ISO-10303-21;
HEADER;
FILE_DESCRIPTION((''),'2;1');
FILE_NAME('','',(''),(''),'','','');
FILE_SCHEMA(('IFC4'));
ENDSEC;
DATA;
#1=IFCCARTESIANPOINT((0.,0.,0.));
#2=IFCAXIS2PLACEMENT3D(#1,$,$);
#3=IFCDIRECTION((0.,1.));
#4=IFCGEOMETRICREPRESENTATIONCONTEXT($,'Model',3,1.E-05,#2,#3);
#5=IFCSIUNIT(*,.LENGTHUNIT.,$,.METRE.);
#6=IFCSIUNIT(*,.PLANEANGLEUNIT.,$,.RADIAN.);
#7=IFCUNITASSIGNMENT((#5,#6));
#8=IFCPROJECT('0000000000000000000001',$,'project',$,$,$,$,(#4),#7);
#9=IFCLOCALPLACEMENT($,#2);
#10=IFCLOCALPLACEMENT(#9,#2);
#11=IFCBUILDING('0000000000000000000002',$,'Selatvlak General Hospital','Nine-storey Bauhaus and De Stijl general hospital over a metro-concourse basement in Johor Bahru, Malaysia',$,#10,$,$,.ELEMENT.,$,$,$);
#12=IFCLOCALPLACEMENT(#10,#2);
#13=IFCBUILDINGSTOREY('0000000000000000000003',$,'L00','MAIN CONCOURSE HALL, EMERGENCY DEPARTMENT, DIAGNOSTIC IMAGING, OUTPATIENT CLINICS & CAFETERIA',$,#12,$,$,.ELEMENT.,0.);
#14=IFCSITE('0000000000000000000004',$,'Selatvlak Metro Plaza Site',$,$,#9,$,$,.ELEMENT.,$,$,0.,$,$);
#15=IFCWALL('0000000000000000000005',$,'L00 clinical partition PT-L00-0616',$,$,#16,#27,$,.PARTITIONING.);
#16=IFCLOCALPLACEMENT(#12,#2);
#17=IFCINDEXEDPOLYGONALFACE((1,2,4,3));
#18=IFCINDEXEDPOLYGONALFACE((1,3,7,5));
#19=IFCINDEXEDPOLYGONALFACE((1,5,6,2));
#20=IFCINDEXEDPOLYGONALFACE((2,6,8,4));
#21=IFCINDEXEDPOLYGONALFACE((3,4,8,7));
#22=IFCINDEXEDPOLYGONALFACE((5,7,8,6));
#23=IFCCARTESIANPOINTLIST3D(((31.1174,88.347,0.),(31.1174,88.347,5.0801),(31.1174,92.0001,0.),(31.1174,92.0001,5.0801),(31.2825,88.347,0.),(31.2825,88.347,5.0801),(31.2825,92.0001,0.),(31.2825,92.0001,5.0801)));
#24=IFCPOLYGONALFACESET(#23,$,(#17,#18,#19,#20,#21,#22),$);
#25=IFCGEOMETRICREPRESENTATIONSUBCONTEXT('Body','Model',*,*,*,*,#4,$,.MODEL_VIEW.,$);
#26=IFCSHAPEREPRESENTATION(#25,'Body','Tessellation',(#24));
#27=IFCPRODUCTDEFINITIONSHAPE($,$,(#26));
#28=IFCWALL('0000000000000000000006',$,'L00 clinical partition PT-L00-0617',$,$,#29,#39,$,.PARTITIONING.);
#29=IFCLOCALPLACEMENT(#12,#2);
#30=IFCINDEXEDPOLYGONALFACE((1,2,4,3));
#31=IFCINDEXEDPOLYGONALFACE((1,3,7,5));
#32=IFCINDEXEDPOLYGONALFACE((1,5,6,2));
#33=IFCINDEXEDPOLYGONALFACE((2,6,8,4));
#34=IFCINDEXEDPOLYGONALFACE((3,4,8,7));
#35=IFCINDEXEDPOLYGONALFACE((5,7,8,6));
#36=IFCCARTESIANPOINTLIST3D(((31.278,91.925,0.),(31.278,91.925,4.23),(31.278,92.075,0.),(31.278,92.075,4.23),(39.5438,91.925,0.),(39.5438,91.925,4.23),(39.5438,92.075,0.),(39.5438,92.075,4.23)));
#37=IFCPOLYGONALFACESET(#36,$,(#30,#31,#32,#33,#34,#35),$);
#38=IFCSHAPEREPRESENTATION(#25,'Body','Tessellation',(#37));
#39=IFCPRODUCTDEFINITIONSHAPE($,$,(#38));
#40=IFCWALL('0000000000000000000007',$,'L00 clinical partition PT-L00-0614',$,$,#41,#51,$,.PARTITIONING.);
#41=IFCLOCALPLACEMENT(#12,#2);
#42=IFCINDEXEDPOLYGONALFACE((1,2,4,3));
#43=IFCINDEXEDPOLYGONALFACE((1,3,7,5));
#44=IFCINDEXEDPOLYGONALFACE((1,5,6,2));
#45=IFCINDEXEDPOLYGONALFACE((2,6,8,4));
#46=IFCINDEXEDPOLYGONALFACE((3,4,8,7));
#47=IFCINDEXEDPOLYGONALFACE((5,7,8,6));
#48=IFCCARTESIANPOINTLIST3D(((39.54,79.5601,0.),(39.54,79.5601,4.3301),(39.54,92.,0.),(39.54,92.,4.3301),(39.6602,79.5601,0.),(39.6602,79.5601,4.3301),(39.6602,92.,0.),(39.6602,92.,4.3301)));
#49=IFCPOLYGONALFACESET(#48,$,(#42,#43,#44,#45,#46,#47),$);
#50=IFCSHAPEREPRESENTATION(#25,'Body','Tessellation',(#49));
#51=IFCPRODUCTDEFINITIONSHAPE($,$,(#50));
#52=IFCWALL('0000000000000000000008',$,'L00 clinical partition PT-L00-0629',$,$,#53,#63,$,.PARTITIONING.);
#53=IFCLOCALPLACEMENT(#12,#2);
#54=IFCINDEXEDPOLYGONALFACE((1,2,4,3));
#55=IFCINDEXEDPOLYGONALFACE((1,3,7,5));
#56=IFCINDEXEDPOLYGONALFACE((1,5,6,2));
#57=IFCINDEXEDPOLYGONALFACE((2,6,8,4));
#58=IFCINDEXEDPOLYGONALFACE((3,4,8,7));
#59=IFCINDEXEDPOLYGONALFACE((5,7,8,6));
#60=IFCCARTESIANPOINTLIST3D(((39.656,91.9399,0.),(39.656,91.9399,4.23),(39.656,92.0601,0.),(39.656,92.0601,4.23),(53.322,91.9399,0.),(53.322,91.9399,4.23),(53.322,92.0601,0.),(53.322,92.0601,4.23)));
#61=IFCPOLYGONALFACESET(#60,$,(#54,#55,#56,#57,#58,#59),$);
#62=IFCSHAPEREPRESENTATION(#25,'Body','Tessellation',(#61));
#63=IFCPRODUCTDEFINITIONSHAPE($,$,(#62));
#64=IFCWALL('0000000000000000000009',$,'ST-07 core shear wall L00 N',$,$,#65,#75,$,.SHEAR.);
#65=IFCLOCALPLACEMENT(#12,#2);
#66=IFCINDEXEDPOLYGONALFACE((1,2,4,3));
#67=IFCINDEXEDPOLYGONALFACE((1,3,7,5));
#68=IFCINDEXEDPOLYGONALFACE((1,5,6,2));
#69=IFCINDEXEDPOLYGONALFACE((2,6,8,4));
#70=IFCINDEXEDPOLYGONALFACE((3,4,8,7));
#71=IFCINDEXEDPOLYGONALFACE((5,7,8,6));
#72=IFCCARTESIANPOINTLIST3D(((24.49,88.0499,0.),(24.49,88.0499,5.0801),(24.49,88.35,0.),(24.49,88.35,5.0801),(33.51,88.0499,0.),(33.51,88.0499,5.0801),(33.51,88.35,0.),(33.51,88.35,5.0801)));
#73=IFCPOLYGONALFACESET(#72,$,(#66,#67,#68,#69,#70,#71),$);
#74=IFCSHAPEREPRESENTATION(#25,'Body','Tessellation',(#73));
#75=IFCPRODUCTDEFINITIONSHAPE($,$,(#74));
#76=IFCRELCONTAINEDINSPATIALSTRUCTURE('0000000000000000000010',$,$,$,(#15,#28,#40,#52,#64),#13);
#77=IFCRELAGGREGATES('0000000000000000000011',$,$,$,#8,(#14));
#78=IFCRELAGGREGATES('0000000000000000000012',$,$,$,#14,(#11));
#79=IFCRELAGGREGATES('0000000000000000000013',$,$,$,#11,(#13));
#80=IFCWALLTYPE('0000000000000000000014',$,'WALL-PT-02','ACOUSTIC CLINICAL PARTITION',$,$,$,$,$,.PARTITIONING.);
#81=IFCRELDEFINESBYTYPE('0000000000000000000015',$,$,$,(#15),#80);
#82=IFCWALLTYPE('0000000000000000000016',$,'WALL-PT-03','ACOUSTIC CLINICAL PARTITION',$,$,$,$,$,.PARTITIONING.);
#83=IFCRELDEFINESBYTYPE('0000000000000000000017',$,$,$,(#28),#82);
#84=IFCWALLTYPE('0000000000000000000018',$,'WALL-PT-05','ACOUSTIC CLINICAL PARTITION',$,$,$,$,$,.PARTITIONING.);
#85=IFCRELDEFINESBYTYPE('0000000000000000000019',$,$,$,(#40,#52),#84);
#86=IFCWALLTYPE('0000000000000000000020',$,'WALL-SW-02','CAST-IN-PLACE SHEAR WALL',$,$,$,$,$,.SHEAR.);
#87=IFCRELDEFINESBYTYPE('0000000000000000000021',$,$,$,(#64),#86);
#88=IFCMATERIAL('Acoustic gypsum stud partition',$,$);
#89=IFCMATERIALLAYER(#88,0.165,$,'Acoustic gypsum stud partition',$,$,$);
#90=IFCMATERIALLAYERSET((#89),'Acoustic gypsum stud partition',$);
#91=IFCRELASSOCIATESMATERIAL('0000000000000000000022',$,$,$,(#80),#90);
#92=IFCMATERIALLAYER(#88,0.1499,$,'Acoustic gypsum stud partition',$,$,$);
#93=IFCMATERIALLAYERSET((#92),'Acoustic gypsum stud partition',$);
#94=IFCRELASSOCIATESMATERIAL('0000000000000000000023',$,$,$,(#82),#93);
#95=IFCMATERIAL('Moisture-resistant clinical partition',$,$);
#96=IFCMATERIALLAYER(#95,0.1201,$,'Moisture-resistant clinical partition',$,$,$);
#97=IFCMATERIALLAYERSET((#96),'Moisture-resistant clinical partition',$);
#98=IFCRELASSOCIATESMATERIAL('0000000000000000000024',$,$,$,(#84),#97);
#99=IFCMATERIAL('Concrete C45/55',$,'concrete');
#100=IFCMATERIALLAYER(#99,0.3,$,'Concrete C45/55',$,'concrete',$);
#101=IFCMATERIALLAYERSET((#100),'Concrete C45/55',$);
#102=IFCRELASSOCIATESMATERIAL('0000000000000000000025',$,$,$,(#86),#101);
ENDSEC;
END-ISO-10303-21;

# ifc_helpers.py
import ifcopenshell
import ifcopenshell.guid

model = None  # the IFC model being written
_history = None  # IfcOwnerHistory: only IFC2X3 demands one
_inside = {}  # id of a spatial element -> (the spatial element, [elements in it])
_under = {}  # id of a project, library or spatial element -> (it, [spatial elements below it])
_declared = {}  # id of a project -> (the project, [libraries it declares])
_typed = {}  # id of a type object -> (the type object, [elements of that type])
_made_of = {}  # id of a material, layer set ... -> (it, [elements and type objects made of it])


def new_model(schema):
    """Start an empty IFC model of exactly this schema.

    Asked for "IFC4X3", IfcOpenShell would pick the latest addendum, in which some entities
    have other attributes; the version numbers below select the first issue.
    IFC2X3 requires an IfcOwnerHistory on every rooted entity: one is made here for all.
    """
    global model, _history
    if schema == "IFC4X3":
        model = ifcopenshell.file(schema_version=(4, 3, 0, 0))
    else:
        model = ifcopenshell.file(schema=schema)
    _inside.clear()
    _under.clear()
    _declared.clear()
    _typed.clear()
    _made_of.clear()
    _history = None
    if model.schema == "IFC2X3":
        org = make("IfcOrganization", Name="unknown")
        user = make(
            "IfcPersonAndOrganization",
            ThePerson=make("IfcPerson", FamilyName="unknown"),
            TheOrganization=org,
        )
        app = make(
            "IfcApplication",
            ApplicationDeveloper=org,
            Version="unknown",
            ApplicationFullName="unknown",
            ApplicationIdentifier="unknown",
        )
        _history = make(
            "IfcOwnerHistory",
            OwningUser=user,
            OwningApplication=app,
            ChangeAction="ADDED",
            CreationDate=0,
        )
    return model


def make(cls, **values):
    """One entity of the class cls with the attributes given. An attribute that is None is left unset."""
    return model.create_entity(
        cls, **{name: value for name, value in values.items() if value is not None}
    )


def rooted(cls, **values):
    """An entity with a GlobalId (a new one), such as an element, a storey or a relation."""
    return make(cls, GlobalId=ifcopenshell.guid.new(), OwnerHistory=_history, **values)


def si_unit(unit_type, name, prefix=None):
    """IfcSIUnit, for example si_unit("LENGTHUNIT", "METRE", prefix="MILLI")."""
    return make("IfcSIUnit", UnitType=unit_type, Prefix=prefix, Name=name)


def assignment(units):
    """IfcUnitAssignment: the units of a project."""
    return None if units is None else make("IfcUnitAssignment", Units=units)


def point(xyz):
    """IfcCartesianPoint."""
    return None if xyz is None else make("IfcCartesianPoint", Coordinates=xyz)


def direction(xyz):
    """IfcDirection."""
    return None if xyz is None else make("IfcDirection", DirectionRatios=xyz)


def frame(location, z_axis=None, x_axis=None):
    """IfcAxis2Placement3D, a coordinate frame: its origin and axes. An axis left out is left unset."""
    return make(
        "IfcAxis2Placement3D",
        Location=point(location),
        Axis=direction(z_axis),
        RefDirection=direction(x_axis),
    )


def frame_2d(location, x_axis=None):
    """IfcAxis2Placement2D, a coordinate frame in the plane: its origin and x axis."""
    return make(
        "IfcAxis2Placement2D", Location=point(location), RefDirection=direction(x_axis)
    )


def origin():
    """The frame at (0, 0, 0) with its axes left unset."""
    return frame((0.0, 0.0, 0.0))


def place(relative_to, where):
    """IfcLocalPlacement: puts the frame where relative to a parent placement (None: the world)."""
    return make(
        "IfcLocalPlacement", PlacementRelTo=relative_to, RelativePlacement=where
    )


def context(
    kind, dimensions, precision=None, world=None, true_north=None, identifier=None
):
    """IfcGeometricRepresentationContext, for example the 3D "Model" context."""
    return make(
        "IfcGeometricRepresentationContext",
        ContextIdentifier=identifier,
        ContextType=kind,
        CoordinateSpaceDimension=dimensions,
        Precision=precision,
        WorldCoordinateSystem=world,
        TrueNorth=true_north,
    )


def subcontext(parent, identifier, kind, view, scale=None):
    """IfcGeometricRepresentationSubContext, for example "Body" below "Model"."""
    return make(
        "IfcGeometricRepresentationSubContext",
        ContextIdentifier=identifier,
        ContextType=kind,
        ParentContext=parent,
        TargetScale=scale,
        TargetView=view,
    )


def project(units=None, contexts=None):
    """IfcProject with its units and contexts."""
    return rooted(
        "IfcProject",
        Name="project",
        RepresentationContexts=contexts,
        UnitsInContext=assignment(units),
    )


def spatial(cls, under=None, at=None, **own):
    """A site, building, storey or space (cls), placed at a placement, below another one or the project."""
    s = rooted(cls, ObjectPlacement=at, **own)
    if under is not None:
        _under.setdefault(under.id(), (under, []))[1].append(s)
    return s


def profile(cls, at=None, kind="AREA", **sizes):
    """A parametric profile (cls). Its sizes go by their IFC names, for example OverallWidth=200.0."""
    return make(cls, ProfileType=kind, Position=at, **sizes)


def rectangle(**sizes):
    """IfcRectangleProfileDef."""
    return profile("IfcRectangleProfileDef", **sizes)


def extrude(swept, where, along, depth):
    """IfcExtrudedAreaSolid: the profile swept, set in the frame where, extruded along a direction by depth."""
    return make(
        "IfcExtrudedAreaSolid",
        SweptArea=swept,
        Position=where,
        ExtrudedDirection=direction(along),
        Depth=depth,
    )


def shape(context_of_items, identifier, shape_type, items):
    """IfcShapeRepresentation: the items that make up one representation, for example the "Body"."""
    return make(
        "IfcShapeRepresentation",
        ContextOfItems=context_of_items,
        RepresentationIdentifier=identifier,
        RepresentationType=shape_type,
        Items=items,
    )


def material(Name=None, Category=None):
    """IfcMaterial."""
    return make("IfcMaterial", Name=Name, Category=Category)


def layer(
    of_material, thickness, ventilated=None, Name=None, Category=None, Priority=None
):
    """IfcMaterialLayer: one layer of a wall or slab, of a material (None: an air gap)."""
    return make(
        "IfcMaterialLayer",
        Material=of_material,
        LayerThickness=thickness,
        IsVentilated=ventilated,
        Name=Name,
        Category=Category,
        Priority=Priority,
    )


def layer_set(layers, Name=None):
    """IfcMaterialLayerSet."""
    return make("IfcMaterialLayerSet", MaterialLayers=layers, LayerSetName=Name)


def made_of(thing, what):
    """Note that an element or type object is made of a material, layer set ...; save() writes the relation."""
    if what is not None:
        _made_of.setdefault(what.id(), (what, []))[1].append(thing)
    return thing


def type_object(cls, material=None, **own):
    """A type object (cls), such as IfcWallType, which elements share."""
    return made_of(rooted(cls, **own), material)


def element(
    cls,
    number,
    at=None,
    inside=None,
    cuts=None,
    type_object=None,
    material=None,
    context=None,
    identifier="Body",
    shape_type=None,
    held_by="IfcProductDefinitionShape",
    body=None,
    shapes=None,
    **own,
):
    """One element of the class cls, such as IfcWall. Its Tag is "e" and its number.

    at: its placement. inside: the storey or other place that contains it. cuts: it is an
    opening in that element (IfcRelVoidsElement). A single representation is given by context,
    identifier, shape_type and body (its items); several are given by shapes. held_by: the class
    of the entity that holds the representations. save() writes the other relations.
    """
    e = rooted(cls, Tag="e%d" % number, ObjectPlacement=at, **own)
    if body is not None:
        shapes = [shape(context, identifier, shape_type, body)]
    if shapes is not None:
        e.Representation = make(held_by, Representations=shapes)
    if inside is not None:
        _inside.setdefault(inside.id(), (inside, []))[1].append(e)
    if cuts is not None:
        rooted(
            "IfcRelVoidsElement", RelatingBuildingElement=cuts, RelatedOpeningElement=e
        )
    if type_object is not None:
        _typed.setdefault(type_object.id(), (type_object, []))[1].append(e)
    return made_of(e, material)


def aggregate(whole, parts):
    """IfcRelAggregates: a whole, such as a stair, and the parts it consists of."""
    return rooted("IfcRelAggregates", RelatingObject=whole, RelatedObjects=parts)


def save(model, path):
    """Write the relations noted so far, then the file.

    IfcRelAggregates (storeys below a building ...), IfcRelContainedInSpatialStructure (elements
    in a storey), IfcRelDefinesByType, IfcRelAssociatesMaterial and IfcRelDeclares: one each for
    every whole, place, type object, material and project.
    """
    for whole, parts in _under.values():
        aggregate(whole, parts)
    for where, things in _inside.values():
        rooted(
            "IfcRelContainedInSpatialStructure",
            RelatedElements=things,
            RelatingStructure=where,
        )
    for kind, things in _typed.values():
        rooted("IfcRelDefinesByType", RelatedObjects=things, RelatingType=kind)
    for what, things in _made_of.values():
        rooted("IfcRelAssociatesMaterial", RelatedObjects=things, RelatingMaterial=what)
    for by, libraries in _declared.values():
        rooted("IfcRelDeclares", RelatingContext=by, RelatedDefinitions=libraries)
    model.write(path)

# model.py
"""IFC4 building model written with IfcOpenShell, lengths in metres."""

from ifc_helpers import new_model, si_unit, direction, frame, frame_2d, origin, place, context, subcontext, project, spatial, rectangle, extrude, material, layer, layer_set, type_object, element, save


model = new_model("IFC4")

# Units and contexts
model_context = context("Model", 3, precision=1e-05, world=origin(), true_north=direction((0.0, 1.0)))
body_context = subcontext(model_context, "Body", "Model", "MODEL_VIEW")
ifc_project = project(units=[si_unit("LENGTHUNIT", "METRE"), si_unit("PLANEANGLEUNIT", "RADIAN")], contexts=[model_context])

# Site, building, storey
site_placement = place(None, origin())
site = spatial("IfcSite", under=ifc_project, at=site_placement, Name="Selatvlak Metro Plaza Site", CompositionType="ELEMENT", RefElevation=0.0)
building_placement = place(site_placement, origin())
building = spatial("IfcBuilding", under=site, at=building_placement, Name="Selatvlak General Hospital", Description="Nine-storey Bauhaus and De Stijl general hospital over a metro-concourse basement in Johor Bahru, Malaysia", CompositionType="ELEMENT")
storey_placement = place(building_placement, origin())
storey = spatial("IfcBuildingStorey", under=building, at=storey_placement, Name="L00", Description="MAIN CONCOURSE HALL, EMERGENCY DEPARTMENT, DIAGNOSTIC IMAGING, OUTPATIENT CLINICS & CAFETERIA", CompositionType="ELEMENT", Elevation=0.0)

# Walls
ifc_material_1 = material(Name="Acoustic gypsum stud partition")
ifc_layer_1 = layer(ifc_material_1, 0.165, Name="Acoustic gypsum stud partition")
ifc_layer_set_1 = layer_set([ifc_layer_1], Name="Acoustic gypsum stud partition")
wall_type_1 = type_object("IfcWallType", Name="WALL-PT-02", Description="ACOUSTIC CLINICAL PARTITION", PredefinedType="PARTITIONING", material=ifc_layer_set_1)
wall_1_placement = place(storey_placement, frame((31.2, 88.3469, 0.0), z_axis=(0.0, 0.0, 1.0), x_axis=(0.0, 1.0, 0.0)))
element("IfcWall", 1, at=wall_1_placement, inside=storey, type_object=wall_type_1, Name="L00 clinical partition PT-L00-0616", PredefinedType="PARTITIONING", context=body_context, shape_type="SweptSolid", body=[
    extrude(rectangle(XDim=3.6531, YDim=0.165, at=frame_2d((1.8267, 0.0))), origin(), (0.0, 0.0, 1.0), 5.0801),
])
ifc_layer_2 = layer(ifc_material_1, 0.1499, Name="Acoustic gypsum stud partition")
ifc_layer_set_2 = layer_set([ifc_layer_2], Name="Acoustic gypsum stud partition")
wall_type_2 = type_object("IfcWallType", Name="WALL-PT-03", Description="ACOUSTIC CLINICAL PARTITION", PredefinedType="PARTITIONING", material=ifc_layer_set_2)
wall_2_placement = place(storey_placement, frame((31.2781, 92.0, 0.0), z_axis=(0.0, 0.0, 1.0), x_axis=(1.0, 0.0, 0.0)))
element("IfcWall", 2, at=wall_2_placement, inside=storey, type_object=wall_type_2, Name="L00 clinical partition PT-L00-0617", PredefinedType="PARTITIONING", context=body_context, shape_type="SweptSolid", body=[
    extrude(rectangle(XDim=8.2659, YDim=0.1499, at=frame_2d((4.1328, 0.0))), origin(), (0.0, 0.0, 1.0), 4.23),
])
ifc_material_2 = material(Name="Moisture-resistant clinical partition")
ifc_layer_3 = layer(ifc_material_2, 0.1201, Name="Moisture-resistant clinical partition")
ifc_layer_set_3 = layer_set([ifc_layer_3], Name="Moisture-resistant clinical partition")
wall_type_3 = type_object("IfcWallType", Name="WALL-PT-05", Description="ACOUSTIC CLINICAL PARTITION", PredefinedType="PARTITIONING", material=ifc_layer_set_3)
wall_3_placement = place(storey_placement, frame((39.6001, 92.0, 0.0), z_axis=(0.0, 0.0, 1.0), x_axis=(0.0, -1.0, 0.0)))
element("IfcWall", 3, at=wall_3_placement, inside=storey, type_object=wall_type_3, Name="L00 clinical partition PT-L00-0614", PredefinedType="PARTITIONING", context=body_context, shape_type="SweptSolid", body=[
    extrude(rectangle(XDim=12.4399, YDim=0.1201, at=frame_2d((6.22, 0.0))), origin(), (0.0, 0.0, 1.0), 4.3301),
])
wall_4_placement = place(storey_placement, frame((39.656, 92.0, 0.0), z_axis=(0.0, 0.0, 1.0), x_axis=(1.0, 0.0, 0.0)))
element("IfcWall", 4, at=wall_4_placement, inside=storey, type_object=wall_type_3, Name="L00 clinical partition PT-L00-0629", PredefinedType="PARTITIONING", context=body_context, shape_type="SweptSolid", body=[
    extrude(rectangle(XDim=13.666, YDim=0.1201, at=frame_2d((6.833, 0.0))), origin(), (0.0, 0.0, 1.0), 4.23),
])
ifc_material_3 = material(Name="Concrete C45/55", Category="concrete")
ifc_layer_4 = layer(ifc_material_3, 0.3, Name="Concrete C45/55", Category="concrete")
ifc_layer_set_4 = layer_set([ifc_layer_4], Name="Concrete C45/55")
wall_type_4 = type_object("IfcWallType", Name="WALL-SW-02", Description="CAST-IN-PLACE SHEAR WALL", PredefinedType="SHEAR", material=ifc_layer_set_4)
wall_5_placement = place(storey_placement, frame((33.51, 88.2, 0.0), z_axis=(0.0, 0.0, 1.0), x_axis=(-1.0, 0.0, 0.0)))
element("IfcWall", 5, at=wall_5_placement, inside=storey, type_object=wall_type_4, Name="ST-07 core shear wall L00 N", PredefinedType="SHEAR", context=body_context, shape_type="SweptSolid", body=[
    extrude(rectangle(XDim=9.02, YDim=0.3, at=frame_2d((4.51, 0.0))), origin(), (0.0, 0.0, 1.0), 5.0801),
])

save(model, "model.ifc")
